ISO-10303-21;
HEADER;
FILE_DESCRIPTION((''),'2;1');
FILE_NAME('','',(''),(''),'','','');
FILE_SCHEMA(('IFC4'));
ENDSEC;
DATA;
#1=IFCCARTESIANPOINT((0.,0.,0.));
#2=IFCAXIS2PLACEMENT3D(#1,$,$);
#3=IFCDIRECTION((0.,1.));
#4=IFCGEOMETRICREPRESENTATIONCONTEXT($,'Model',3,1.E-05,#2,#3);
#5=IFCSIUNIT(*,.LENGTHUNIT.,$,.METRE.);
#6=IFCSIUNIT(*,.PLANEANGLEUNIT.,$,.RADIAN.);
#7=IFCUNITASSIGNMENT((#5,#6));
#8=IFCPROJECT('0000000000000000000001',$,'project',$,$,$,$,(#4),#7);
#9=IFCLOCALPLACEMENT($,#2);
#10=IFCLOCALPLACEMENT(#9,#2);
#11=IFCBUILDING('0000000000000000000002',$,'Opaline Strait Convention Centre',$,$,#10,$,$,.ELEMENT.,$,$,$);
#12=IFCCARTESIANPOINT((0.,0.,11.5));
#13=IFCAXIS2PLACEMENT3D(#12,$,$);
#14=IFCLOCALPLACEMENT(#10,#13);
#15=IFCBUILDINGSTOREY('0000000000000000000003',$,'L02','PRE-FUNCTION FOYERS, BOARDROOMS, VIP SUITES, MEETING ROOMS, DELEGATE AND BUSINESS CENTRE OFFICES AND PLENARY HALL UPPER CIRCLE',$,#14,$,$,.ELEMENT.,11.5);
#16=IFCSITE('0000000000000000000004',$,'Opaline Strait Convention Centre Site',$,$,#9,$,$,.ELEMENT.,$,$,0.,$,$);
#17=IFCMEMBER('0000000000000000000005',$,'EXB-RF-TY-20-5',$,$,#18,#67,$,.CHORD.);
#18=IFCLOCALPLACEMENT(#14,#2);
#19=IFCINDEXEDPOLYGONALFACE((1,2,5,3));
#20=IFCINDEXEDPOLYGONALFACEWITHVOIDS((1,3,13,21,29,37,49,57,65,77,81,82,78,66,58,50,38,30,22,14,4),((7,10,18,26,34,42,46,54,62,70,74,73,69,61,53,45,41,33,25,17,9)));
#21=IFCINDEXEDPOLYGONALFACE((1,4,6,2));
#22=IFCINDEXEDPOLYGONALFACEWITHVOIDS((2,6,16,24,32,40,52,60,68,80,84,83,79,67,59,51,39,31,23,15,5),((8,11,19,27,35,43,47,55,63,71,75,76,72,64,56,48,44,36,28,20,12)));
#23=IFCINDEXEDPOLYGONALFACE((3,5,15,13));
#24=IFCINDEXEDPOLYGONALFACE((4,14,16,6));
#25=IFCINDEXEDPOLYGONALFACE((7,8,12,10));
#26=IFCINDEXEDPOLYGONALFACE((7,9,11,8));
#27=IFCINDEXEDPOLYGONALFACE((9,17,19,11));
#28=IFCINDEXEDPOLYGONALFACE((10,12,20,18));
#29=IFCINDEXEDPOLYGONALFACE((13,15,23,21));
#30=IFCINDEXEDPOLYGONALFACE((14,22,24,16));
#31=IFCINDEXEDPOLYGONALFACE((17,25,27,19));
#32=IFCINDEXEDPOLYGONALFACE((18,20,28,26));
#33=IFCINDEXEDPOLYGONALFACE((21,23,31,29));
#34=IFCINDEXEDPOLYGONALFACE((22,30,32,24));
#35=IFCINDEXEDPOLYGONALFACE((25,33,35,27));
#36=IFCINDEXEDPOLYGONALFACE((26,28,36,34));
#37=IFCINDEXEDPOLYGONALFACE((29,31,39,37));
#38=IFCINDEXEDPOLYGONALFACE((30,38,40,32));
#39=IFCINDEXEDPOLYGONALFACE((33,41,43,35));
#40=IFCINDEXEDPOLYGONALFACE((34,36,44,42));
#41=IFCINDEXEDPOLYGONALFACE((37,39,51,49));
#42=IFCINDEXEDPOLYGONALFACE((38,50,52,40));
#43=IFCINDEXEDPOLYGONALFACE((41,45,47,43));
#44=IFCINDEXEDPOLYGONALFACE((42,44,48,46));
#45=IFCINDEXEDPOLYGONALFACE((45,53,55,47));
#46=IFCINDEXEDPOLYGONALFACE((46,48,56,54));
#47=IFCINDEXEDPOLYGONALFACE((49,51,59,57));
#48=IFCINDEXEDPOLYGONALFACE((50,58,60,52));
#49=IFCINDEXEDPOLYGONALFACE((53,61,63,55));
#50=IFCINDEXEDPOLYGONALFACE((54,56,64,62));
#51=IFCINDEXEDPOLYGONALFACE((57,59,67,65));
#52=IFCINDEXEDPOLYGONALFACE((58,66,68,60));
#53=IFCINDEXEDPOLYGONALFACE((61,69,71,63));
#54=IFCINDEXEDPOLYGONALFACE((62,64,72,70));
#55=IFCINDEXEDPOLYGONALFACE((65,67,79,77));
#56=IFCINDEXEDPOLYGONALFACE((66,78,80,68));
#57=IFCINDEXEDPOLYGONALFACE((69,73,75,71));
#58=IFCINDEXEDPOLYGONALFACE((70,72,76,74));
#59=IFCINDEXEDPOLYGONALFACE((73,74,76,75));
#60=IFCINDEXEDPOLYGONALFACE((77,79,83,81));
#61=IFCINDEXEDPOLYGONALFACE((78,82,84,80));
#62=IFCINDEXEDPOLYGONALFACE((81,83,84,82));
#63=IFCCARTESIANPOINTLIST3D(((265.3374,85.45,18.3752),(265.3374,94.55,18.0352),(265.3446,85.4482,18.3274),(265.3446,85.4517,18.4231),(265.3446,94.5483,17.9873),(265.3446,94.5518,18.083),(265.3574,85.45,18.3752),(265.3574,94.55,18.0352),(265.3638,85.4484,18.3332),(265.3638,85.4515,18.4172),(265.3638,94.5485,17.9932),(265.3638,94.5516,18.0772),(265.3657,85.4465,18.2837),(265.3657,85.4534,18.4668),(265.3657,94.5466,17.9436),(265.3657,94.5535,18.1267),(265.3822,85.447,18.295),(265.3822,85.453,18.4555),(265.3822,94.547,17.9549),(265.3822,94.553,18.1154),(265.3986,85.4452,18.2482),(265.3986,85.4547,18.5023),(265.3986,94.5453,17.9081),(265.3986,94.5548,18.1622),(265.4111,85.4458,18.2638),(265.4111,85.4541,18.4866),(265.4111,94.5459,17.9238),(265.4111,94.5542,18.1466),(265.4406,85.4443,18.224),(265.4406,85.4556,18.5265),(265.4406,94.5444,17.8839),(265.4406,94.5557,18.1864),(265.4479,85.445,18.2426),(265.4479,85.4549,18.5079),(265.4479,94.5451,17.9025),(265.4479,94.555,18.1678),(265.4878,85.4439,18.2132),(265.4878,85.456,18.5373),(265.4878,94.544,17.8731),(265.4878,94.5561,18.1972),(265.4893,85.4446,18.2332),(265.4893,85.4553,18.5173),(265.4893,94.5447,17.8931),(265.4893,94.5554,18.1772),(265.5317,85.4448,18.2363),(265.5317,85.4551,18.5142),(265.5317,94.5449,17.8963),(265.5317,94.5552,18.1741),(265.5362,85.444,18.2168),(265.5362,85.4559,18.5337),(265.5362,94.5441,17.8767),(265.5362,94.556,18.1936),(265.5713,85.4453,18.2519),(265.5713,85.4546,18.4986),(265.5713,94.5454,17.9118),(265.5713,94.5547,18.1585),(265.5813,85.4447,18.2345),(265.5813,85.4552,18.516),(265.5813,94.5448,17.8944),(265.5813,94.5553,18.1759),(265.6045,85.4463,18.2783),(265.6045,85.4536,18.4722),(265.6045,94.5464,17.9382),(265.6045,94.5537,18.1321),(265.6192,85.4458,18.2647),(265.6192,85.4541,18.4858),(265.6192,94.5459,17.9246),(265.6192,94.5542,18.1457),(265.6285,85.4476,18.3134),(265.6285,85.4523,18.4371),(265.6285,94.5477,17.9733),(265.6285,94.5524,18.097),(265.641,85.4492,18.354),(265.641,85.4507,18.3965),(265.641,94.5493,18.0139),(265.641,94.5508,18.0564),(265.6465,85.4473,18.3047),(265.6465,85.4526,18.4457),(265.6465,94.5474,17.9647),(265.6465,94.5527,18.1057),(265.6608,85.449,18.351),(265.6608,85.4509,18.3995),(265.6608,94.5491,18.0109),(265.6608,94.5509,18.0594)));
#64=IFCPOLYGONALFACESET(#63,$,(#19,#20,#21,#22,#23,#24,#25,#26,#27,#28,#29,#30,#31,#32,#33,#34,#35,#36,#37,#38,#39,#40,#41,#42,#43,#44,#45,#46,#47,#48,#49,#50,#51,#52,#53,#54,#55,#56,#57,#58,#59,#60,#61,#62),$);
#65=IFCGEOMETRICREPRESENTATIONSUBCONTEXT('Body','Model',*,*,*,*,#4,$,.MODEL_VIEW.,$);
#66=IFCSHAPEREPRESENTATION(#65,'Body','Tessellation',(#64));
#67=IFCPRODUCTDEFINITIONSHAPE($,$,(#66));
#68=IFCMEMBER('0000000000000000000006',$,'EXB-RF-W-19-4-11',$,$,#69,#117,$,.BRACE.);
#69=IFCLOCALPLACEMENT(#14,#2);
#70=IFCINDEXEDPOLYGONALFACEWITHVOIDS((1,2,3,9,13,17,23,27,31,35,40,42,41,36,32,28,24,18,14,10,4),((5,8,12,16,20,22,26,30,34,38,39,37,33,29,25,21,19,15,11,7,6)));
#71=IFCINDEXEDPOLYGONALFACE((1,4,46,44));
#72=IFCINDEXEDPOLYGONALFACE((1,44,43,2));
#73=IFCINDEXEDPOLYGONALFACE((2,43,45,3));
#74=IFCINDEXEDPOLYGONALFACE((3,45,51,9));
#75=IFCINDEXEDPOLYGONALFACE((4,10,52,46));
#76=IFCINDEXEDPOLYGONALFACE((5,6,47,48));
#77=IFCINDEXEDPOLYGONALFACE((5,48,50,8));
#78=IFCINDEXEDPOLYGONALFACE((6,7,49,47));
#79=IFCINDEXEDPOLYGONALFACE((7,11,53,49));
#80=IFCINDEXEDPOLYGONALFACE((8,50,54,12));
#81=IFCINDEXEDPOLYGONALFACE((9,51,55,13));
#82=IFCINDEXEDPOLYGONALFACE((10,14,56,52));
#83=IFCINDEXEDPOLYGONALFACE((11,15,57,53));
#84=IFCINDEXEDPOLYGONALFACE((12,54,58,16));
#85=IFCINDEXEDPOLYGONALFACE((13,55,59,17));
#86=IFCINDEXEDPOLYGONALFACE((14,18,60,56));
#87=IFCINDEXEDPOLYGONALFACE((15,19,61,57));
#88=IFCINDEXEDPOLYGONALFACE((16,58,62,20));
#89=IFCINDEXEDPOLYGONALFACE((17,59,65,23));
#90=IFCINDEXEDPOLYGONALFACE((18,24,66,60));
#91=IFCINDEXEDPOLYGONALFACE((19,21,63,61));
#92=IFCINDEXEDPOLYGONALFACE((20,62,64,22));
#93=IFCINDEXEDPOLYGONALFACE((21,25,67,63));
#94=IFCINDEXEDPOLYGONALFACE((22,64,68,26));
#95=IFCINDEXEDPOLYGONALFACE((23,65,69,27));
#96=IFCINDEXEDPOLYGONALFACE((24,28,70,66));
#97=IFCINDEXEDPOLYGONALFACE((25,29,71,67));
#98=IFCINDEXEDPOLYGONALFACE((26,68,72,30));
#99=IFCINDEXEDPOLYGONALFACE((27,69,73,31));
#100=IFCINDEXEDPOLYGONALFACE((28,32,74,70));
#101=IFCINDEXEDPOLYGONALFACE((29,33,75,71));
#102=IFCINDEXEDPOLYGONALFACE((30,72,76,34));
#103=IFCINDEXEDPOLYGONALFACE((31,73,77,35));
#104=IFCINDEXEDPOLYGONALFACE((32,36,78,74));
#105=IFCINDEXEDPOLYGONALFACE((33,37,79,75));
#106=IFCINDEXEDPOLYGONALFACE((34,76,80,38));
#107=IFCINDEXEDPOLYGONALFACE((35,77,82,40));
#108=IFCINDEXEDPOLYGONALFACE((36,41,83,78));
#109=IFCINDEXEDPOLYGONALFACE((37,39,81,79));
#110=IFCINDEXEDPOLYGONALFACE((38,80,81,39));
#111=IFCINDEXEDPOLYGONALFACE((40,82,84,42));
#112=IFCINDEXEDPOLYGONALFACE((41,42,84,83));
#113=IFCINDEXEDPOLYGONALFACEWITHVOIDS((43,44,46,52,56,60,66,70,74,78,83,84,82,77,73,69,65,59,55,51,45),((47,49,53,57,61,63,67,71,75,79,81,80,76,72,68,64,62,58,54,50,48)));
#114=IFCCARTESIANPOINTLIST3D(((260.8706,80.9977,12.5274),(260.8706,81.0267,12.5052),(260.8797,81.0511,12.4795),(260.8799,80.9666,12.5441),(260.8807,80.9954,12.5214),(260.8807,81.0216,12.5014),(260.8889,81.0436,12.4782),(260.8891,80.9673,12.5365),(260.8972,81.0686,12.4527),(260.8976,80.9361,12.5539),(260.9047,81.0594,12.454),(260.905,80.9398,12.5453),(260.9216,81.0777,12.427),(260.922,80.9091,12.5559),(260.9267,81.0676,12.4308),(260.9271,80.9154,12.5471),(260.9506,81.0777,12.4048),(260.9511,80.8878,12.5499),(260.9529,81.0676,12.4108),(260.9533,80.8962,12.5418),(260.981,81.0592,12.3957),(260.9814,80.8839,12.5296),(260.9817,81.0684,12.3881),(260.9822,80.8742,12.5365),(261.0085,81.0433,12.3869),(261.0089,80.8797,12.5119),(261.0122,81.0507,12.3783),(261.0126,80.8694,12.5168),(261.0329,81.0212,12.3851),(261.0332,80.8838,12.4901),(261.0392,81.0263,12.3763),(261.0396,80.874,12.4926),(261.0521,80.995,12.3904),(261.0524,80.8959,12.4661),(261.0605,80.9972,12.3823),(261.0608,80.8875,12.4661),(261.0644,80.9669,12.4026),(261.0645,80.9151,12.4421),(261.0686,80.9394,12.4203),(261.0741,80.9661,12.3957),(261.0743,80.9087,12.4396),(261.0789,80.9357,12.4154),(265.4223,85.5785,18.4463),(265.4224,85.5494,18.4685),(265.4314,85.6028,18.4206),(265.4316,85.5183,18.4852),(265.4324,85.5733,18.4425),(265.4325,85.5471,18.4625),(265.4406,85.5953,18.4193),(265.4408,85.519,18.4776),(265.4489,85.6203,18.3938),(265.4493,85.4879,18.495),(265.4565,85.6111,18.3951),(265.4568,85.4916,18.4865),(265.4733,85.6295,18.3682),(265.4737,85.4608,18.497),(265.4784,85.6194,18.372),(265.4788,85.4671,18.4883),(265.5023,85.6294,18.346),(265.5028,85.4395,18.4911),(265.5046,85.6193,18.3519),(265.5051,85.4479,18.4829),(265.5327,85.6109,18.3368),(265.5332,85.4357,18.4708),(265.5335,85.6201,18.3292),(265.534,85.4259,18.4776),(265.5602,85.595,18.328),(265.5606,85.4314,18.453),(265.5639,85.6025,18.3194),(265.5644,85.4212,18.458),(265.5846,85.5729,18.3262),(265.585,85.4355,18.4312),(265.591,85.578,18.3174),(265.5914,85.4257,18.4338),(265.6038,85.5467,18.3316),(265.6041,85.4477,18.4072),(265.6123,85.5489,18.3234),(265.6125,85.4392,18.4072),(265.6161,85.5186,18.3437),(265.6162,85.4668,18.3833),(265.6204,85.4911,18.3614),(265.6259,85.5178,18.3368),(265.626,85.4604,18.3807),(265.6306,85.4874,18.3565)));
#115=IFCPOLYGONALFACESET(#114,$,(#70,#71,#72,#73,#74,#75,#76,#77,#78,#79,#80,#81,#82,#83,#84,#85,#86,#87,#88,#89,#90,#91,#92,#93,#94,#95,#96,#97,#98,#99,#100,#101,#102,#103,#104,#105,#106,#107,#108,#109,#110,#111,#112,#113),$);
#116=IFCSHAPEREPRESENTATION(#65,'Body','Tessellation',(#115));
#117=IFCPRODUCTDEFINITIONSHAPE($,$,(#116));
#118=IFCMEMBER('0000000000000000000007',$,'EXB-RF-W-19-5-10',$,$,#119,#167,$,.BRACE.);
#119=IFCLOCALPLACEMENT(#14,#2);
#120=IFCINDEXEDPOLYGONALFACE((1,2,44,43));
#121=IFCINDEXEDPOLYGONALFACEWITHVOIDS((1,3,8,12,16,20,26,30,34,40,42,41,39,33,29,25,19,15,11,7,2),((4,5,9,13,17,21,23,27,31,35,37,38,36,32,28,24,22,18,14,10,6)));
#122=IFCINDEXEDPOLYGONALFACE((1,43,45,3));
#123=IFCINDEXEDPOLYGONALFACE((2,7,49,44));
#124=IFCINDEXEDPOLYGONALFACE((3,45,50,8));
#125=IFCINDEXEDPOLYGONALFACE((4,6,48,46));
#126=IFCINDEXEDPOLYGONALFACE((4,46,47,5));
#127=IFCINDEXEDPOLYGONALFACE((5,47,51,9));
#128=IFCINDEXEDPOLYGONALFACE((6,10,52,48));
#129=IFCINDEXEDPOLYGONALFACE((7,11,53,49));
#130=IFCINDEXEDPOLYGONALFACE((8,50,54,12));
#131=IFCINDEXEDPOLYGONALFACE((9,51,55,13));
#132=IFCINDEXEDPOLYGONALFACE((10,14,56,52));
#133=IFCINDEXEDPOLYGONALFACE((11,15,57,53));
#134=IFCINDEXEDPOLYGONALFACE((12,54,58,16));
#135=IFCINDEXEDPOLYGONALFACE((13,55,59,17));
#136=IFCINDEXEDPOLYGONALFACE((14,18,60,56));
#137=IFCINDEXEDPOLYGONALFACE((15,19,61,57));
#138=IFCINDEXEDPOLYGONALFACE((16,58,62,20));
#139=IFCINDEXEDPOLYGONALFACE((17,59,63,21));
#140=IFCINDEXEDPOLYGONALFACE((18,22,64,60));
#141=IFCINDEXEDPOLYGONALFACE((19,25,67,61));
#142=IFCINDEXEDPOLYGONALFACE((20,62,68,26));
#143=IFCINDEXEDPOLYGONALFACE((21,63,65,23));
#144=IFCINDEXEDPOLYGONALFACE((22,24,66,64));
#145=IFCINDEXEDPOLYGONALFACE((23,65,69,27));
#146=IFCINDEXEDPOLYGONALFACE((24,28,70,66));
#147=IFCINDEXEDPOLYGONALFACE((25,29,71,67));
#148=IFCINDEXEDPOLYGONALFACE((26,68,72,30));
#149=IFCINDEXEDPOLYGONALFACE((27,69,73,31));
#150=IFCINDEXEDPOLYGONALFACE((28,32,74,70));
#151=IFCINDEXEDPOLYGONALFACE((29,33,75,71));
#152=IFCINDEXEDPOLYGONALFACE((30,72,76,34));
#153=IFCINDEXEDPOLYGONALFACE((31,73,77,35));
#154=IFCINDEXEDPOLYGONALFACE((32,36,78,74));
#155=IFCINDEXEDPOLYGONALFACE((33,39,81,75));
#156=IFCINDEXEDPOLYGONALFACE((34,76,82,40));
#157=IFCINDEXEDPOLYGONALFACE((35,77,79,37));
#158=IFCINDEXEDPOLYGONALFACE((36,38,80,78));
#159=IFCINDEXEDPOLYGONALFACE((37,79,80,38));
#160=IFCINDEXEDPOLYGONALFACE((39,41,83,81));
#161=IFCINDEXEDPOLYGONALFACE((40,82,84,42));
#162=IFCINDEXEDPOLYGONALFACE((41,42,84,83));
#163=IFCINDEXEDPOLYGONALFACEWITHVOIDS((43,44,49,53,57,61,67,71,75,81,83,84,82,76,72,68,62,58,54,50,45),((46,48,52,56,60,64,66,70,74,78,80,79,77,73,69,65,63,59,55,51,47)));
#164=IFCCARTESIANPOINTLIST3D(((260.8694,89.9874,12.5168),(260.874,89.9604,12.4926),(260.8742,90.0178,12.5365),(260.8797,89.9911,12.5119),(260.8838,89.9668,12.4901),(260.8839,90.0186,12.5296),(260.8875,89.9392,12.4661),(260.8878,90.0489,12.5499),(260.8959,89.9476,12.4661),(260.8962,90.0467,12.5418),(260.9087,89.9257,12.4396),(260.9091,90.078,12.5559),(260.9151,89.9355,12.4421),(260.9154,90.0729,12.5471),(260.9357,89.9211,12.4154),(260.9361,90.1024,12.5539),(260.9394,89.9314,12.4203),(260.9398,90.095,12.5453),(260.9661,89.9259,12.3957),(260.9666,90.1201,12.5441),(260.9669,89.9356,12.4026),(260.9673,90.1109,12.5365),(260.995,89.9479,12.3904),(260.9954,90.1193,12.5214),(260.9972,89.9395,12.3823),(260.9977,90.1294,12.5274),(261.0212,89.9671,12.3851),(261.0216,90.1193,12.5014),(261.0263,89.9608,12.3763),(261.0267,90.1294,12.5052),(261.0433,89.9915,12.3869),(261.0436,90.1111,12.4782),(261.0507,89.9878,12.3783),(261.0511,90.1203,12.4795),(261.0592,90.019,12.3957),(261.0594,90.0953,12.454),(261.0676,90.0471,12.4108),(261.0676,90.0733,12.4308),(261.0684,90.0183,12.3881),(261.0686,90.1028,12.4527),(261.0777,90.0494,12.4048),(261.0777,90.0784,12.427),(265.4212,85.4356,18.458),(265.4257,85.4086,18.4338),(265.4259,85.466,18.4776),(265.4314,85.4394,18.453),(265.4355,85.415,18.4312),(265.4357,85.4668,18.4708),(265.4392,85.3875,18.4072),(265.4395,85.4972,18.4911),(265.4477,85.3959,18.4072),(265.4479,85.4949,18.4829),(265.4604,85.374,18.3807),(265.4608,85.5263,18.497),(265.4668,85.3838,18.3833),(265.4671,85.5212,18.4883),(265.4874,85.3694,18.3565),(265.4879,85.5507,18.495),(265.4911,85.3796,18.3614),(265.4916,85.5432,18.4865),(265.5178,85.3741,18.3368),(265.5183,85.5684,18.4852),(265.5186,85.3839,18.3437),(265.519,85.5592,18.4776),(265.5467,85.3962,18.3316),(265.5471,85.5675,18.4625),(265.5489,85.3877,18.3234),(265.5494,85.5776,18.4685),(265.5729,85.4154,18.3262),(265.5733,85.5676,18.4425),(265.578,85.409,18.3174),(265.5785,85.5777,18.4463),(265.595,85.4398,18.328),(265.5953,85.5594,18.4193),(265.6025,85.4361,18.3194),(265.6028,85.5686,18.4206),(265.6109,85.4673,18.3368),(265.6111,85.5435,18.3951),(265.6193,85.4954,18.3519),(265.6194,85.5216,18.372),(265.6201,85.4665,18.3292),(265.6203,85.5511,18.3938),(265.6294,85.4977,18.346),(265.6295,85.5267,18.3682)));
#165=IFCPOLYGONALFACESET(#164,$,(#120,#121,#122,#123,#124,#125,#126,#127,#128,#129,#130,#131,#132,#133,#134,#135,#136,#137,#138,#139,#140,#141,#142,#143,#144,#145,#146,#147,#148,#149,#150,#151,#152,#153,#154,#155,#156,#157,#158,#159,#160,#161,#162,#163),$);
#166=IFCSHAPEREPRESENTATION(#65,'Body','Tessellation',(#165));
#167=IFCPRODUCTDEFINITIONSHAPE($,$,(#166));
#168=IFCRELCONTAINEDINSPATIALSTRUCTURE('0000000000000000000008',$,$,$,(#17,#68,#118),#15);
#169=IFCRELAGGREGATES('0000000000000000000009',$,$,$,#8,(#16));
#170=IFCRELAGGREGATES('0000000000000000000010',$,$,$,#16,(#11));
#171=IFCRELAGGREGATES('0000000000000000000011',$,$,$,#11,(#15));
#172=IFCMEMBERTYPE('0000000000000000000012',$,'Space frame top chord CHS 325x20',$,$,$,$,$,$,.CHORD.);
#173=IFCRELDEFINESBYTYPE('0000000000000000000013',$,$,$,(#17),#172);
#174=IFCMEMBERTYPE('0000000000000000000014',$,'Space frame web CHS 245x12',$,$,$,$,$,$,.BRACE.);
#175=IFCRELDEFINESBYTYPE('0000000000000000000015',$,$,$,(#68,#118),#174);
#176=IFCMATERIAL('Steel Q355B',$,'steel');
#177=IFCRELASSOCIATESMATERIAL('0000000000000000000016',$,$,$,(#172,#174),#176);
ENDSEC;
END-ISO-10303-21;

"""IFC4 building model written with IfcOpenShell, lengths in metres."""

from ifc_helpers import new_model, si_unit, direction, frame, origin, origin_2d, place, context, subcontext, project, spatial, hollow_circle, extrude, material, material_profile, profile_set, type_object, element, save


model = new_model("IFC4")

# Units and contexts
model_context = context("Model", 3, precision=1e-05, world=origin(), true_north=direction((0.0, 1.0)))
body_context = subcontext(model_context, "Body", "Model", "MODEL_VIEW")
ifc_project = project(units=[si_unit("LENGTHUNIT", "METRE"), si_unit("PLANEANGLEUNIT", "RADIAN")], contexts=[model_context])

# Site, building, storey
site_placement = place(None, origin())
site = spatial("IfcSite", under=ifc_project, at=site_placement, Name="Opaline Strait Convention Centre Site", CompositionType="ELEMENT", RefElevation=0.0)
building_placement = place(site_placement, origin())
building = spatial("IfcBuilding", under=site, at=building_placement, Name="Opaline Strait Convention Centre", CompositionType="ELEMENT")
storey_placement = place(building_placement, frame((0.0, 0.0, 11.5)))
storey = spatial("IfcBuildingStorey", under=building, at=storey_placement, Name="L02", Description="PRE-FUNCTION FOYERS, BOARDROOMS, VIP SUITES, MEETING ROOMS, DELEGATE AND BUSINESS CENTRE OFFICES AND PLENARY HALL UPPER CIRCLE", CompositionType="ELEMENT", Elevation=11.5)

# Members
ifc_material_1 = material(Name="Steel Q355B", Category="steel")
ifc_material_profile_1 = material_profile(ifc_material_1, hollow_circle(Radius=0.1626, WallThickness=0.02, at=origin_2d()), Name="CHS 325x20")
ifc_profile_set_1 = profile_set([ifc_material_profile_1], Name="Steel Q355B")
member_type_1 = type_object("IfcMemberType", Name="Space frame top chord CHS 325x20", PredefinedType="CHORD", material=ifc_profile_set_1)
member_1_placement = place(storey_placement, frame((265.5, 85.45, 18.3752), z_axis=(0.0, 0.999302, -0.037346), x_axis=(-1.0, 0.0, 0.0)))
element("IfcMember", 1, at=member_1_placement, inside=storey, type_object=member_type_1, Name="EXB-RF-TY-20-5", PredefinedType="CHORD", context=body_context, shape_type="SweptSolid", body=[
    extrude(hollow_circle(Radius=0.1626, WallThickness=0.02, at=origin_2d()), origin(), (0.0, 0.0, 1.0), 9.1064),
])
ifc_material_profile_2 = material_profile(ifc_material_1, hollow_circle(Radius=0.1226, WallThickness=0.012, at=origin_2d()), Name="CHS 245x12")
ifc_profile_set_2 = profile_set([ifc_material_profile_2], Name="Steel Q355B")
member_type_2 = type_object("IfcMemberType", Name="Space frame web CHS 245x12", PredefinedType="BRACE", material=ifc_profile_set_2)
for number, where, z_axis, x_axis, name in (
    (2, (265.5259, 85.5259, 18.4072), (-0.519618, -0.519618, -0.678229), (0.707107, -0.707107, 0.0), "EXB-RF-W-19-4-11"),
    (3, (265.5259, 85.4741, 18.4072), (-0.519618, 0.519618, -0.678229), (-0.707107, -0.707107, 0.0), "EXB-RF-W-19-5-10"),
):
    element("IfcMember", number, at=place(storey_placement, frame(where, z_axis=z_axis, x_axis=x_axis)), inside=storey, type_object=member_type_2, Name=name, PredefinedType="BRACE", context=body_context, shape_type="SweptSolid", body=[
        extrude(hollow_circle(Radius=0.1226, WallThickness=0.012, at=origin_2d()), origin(), (0.0, 0.0, 1.0), 8.7598),
    ])

save(model, "model.ifc")
